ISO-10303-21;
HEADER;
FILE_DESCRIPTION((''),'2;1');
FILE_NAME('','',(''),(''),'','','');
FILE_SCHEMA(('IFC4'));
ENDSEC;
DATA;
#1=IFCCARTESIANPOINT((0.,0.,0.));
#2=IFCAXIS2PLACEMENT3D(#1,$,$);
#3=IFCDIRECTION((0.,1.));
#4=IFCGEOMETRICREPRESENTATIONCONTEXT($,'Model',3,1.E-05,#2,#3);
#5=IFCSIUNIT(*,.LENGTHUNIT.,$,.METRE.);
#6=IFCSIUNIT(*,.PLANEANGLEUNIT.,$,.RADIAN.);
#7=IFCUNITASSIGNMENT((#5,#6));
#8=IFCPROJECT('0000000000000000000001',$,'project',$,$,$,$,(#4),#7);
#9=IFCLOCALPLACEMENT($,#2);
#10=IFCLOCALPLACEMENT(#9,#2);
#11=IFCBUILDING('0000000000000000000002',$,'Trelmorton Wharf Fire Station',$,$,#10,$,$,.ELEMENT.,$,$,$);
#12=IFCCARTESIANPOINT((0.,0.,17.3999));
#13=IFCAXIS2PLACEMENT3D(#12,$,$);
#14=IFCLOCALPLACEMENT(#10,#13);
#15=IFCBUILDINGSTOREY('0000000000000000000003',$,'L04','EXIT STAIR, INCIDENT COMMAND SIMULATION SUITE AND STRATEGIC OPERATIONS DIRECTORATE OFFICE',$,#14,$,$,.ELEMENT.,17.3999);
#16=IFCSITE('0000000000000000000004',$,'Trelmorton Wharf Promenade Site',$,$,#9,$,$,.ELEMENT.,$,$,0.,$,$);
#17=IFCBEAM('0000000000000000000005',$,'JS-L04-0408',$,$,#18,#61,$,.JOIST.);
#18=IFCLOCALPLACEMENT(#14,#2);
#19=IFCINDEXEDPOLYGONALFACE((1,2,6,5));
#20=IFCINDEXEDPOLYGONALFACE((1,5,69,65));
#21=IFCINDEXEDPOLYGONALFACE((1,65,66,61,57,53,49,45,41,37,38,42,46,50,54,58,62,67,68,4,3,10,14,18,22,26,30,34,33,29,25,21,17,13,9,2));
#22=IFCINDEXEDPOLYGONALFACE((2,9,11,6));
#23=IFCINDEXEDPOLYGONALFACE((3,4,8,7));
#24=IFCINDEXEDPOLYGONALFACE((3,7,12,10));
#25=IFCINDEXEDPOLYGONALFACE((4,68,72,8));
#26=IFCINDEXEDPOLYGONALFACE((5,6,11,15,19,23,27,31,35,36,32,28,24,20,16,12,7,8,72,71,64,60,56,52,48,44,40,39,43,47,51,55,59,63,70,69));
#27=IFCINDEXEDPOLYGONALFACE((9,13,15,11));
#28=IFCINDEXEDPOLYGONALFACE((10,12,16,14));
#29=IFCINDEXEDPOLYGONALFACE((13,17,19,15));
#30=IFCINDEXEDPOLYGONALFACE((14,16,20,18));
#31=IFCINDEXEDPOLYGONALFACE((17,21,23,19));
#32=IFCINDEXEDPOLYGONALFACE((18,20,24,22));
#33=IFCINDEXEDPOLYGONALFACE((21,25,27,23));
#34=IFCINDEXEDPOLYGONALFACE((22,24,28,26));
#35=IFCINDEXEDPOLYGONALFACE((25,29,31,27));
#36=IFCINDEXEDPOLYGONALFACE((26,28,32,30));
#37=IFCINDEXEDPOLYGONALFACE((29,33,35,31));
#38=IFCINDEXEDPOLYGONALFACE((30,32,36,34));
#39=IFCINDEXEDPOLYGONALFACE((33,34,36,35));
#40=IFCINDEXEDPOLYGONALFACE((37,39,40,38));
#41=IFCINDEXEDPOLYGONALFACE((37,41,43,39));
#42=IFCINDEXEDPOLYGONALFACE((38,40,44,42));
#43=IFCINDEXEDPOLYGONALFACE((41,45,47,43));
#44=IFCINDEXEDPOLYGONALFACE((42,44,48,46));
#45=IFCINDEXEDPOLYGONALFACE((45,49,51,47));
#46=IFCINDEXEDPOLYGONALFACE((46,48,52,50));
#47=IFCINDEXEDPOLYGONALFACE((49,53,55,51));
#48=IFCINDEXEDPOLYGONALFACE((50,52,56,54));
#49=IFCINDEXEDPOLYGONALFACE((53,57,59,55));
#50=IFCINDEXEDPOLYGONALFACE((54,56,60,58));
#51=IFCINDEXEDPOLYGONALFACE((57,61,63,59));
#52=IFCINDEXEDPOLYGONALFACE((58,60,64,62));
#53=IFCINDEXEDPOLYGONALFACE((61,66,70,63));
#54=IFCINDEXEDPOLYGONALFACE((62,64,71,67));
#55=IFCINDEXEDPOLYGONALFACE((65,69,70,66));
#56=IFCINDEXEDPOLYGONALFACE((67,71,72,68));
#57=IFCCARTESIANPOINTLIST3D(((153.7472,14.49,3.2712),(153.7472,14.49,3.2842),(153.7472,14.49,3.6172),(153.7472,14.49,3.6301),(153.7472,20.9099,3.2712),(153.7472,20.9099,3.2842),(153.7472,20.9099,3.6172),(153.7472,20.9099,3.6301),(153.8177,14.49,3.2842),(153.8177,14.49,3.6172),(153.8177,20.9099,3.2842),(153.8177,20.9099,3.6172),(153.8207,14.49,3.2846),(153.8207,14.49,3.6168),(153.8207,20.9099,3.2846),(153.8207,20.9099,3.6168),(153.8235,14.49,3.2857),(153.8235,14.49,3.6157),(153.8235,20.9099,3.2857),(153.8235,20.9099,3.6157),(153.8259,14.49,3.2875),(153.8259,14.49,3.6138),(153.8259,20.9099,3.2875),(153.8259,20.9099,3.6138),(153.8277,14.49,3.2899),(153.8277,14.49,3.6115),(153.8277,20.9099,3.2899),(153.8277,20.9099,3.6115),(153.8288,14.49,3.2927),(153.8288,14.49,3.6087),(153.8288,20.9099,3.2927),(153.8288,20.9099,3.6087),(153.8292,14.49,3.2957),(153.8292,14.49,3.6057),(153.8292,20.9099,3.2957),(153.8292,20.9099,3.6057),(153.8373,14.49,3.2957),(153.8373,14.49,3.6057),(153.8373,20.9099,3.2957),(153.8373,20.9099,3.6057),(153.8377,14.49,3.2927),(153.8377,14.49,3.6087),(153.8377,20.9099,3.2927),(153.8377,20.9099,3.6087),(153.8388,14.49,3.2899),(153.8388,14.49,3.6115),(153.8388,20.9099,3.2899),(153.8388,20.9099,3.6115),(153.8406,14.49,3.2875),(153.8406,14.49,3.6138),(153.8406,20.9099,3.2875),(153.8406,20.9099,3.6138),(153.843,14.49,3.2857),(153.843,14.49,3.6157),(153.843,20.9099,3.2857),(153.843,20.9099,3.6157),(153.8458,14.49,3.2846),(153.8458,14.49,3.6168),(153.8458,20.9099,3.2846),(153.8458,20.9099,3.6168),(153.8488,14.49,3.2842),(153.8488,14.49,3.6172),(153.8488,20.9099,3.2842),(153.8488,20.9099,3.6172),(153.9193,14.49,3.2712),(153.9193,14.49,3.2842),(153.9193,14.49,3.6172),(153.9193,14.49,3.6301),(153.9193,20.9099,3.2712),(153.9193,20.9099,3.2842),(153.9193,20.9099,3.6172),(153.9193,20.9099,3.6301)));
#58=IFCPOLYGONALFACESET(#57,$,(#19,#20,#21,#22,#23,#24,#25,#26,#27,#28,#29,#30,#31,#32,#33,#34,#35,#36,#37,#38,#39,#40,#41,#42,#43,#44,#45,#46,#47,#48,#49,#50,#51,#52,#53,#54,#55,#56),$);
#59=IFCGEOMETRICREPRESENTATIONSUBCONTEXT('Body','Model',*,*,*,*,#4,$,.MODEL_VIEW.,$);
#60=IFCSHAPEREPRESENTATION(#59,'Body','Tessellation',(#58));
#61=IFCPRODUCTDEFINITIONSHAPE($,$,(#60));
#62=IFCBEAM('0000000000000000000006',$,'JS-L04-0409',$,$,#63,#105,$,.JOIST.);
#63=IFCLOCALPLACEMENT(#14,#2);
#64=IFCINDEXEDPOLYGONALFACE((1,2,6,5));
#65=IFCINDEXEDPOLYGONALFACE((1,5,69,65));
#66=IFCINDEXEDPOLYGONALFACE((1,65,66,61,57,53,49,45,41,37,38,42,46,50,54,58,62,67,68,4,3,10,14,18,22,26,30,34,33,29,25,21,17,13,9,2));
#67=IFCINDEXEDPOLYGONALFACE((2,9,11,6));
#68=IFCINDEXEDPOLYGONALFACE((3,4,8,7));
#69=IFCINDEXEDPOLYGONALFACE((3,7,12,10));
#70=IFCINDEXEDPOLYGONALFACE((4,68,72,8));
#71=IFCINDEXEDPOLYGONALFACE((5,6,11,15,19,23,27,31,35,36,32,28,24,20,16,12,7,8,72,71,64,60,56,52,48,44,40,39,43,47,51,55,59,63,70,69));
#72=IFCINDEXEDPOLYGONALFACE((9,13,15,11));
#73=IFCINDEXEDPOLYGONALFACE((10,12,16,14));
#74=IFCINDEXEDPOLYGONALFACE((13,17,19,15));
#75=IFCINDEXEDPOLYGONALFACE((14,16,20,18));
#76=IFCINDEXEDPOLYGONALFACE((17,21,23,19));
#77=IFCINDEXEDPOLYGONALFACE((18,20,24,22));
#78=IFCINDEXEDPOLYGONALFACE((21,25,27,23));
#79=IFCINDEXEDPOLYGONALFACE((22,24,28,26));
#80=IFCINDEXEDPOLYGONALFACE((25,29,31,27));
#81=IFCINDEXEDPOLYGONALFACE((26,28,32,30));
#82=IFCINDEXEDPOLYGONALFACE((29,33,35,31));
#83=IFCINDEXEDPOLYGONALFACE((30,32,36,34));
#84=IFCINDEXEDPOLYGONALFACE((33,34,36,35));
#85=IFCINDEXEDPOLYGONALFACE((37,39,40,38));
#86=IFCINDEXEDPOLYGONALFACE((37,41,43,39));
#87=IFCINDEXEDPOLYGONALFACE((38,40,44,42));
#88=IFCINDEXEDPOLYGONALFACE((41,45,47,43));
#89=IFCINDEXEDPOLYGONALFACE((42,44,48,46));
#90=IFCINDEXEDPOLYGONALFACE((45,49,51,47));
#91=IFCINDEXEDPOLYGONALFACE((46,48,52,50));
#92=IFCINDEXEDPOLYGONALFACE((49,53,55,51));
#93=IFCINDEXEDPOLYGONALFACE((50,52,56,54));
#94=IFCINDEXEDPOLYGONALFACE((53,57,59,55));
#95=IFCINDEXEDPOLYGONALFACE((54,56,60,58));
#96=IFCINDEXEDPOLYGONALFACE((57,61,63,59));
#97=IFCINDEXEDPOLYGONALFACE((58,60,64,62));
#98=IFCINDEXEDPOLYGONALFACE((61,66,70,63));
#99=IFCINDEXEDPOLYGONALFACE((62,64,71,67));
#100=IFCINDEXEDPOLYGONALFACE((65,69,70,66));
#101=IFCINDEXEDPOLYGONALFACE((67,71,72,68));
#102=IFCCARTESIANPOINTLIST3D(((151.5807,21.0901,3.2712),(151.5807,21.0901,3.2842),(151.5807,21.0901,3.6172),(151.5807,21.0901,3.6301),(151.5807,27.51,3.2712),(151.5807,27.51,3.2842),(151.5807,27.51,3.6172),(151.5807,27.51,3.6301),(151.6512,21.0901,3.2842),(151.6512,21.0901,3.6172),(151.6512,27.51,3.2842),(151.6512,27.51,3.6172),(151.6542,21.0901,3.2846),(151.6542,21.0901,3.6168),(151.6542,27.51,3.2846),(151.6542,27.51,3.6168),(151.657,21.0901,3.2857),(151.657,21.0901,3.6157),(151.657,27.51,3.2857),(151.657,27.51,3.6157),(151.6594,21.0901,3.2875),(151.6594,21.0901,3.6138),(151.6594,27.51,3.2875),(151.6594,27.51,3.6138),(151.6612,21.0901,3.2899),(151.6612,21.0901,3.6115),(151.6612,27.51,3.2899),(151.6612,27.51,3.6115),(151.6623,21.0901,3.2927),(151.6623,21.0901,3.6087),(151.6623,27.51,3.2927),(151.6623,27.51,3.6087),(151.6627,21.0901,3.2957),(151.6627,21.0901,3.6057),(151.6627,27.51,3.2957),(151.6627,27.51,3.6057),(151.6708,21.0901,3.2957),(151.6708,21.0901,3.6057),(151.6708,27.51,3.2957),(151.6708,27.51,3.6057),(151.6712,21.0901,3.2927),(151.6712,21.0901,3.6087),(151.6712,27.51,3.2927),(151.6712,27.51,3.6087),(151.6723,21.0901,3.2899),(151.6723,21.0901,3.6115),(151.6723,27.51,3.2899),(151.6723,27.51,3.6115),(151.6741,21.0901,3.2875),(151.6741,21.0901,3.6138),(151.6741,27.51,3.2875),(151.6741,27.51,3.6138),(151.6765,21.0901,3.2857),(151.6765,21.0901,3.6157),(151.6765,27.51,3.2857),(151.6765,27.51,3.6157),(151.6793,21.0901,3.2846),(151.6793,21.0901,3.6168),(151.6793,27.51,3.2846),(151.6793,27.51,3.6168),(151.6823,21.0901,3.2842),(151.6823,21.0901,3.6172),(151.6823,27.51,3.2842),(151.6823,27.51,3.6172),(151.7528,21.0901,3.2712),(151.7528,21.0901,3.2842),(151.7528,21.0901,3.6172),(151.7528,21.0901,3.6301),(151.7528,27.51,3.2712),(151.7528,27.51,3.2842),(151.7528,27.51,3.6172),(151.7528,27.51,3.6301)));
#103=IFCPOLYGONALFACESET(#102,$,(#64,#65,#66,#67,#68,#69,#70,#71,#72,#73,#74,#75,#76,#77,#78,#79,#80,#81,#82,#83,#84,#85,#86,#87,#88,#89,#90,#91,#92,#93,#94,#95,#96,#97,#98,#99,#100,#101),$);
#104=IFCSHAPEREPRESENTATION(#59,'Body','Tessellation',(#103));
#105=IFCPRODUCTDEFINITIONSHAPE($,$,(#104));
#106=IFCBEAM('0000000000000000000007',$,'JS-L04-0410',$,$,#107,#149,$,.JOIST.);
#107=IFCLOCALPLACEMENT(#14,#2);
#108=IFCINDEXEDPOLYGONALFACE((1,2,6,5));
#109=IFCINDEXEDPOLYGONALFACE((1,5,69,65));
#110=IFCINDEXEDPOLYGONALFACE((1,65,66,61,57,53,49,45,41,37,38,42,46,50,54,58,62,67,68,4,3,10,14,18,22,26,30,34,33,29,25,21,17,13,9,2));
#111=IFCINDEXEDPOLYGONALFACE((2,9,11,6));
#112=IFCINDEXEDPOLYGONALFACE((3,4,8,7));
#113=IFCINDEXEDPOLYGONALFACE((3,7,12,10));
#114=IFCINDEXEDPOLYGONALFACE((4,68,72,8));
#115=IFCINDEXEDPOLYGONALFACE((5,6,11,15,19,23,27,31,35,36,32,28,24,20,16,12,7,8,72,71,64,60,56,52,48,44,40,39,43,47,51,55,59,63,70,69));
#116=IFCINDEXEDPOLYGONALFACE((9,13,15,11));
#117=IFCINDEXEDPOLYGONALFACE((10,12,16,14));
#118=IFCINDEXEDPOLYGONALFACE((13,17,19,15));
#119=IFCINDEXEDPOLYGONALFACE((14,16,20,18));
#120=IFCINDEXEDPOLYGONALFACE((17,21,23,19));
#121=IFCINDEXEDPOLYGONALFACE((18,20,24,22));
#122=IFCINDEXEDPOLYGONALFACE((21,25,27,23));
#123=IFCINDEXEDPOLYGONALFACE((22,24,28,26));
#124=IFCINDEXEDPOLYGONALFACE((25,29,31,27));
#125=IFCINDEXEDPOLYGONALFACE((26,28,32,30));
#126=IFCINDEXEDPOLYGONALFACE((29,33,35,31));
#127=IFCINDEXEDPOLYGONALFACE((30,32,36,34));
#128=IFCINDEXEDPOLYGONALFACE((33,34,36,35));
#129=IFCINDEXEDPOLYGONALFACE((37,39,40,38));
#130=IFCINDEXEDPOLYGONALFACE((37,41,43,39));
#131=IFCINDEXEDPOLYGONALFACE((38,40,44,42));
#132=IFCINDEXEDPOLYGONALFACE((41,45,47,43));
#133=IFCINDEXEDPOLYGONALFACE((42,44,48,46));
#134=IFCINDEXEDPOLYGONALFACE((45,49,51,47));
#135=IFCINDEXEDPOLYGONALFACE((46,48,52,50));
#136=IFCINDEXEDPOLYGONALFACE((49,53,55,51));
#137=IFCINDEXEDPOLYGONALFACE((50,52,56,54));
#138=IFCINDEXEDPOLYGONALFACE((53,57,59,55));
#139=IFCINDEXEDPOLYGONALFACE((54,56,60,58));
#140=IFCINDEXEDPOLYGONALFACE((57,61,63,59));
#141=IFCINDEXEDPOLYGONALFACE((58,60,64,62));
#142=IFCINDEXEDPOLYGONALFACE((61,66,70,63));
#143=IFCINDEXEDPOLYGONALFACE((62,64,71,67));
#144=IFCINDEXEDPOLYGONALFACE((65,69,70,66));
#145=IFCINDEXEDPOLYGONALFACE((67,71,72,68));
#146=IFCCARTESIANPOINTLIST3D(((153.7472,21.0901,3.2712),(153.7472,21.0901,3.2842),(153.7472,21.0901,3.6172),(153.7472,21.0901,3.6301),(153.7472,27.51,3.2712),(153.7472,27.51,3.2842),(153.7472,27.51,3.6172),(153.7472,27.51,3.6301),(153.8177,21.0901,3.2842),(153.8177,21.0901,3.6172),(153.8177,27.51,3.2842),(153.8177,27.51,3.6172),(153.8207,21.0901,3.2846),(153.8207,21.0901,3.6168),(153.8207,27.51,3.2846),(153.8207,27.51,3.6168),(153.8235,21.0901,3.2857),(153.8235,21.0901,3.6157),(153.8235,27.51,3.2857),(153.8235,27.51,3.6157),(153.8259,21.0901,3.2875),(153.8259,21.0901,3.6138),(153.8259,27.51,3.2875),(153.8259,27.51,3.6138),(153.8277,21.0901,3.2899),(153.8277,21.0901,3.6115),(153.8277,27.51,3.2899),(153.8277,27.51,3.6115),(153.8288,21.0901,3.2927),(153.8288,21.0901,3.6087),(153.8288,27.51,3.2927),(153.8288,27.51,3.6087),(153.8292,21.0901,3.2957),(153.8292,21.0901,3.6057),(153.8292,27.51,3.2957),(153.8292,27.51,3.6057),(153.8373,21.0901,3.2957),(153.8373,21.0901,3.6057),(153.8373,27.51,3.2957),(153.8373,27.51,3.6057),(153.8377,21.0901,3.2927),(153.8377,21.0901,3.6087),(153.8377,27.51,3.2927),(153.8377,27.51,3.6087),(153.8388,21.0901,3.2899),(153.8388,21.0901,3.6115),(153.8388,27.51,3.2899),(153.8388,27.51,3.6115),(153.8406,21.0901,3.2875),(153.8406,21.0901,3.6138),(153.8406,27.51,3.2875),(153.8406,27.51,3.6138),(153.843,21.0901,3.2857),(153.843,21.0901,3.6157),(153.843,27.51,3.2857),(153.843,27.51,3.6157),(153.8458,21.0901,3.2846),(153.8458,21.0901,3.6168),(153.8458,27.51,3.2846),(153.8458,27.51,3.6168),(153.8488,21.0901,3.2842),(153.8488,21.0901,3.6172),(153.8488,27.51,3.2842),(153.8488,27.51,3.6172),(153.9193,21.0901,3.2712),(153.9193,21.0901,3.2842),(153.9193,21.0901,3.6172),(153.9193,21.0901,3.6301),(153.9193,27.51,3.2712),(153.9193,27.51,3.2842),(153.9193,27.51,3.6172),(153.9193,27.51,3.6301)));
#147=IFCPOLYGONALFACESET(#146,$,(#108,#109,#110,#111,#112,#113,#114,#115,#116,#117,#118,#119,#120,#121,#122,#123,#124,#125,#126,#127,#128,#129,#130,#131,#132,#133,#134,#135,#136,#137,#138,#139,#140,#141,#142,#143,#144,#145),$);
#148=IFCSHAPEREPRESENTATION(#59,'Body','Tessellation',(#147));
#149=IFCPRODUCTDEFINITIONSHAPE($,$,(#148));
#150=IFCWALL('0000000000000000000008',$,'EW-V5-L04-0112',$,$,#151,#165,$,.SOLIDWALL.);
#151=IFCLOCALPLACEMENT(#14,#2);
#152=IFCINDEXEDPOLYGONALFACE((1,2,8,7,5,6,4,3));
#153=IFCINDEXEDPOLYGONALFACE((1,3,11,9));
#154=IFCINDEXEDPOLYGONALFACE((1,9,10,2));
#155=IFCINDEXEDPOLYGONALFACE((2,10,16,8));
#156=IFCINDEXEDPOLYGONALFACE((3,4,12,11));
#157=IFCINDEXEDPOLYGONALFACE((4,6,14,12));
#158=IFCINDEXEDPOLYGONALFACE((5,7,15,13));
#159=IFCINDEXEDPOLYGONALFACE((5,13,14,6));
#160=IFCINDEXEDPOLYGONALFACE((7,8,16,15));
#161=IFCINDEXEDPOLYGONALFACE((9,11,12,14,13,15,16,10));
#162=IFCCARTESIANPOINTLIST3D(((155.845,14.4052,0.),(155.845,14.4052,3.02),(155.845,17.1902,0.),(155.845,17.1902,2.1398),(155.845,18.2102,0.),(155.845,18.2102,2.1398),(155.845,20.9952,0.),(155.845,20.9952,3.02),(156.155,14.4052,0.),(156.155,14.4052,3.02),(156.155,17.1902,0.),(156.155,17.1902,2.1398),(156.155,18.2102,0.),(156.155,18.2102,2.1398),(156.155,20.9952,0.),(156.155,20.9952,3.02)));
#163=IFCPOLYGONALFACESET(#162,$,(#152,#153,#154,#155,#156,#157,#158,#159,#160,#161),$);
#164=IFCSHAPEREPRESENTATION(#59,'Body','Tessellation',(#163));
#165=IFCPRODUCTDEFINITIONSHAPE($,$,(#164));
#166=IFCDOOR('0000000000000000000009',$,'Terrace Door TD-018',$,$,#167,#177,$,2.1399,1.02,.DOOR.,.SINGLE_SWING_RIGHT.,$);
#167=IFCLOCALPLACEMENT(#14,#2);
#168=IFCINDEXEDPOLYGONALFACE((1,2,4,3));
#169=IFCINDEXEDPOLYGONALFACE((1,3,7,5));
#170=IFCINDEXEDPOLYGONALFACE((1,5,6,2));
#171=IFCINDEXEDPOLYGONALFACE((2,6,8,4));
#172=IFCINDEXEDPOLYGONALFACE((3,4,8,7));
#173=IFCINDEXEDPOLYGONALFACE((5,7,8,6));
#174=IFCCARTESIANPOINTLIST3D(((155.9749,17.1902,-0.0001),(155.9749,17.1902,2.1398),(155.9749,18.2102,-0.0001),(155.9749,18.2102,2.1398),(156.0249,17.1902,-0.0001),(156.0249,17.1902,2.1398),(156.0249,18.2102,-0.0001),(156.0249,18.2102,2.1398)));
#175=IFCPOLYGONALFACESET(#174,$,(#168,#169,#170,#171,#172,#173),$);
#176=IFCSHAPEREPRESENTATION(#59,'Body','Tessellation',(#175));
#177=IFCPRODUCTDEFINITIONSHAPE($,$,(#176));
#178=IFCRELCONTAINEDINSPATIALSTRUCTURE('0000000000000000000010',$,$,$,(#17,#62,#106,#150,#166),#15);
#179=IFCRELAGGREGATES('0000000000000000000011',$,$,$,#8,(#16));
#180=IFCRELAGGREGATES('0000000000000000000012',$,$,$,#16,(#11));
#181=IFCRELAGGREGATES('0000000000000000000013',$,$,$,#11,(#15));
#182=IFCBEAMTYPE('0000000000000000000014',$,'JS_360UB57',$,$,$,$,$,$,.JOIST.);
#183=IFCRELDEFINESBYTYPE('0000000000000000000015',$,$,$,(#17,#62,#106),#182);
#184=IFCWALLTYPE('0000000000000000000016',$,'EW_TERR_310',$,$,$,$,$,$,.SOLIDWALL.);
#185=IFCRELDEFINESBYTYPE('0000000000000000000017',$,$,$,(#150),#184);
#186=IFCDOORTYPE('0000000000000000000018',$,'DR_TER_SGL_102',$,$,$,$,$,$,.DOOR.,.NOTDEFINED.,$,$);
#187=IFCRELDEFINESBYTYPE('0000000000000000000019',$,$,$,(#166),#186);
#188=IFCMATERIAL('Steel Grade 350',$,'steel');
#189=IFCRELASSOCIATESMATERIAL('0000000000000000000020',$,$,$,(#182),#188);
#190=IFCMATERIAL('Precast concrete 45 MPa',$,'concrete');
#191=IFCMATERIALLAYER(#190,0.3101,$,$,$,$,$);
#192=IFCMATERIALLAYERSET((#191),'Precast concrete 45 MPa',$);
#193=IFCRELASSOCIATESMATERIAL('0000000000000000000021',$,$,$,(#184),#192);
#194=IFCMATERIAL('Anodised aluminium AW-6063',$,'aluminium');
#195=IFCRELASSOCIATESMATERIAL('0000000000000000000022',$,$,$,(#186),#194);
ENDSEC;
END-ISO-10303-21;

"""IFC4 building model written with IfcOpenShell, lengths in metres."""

from ifc_helpers import new_model, si_unit, direction, frame, frame_2d, origin, origin_2d, place, context, subcontext, project, spatial, rectangle, i_section, extrude, material, layer, layer_set, material_profile, profile_set, type_object, element, fill, save


model = new_model("IFC4")

# Units and contexts
model_context = context("Model", 3, precision=1e-05, world=origin(), true_north=direction((0.0, 1.0)))
body_context = subcontext(model_context, "Body", "Model", "MODEL_VIEW")
ifc_project = project(units=[si_unit("LENGTHUNIT", "METRE"), si_unit("PLANEANGLEUNIT", "RADIAN")], contexts=[model_context])

# Site, building, storey
site_placement = place(None, origin())
site = spatial("IfcSite", under=ifc_project, at=site_placement, Name="Trelmorton Wharf Promenade Site", CompositionType="ELEMENT", RefElevation=0.0)
building_placement = place(site_placement, origin())
building = spatial("IfcBuilding", under=site, at=building_placement, Name="Trelmorton Wharf Fire Station", CompositionType="ELEMENT")
storey_placement = place(building_placement, frame((0.0, 0.0, 17.3999)))
storey = spatial("IfcBuildingStorey", under=building, at=storey_placement, Name="L04", Description="EXIT STAIR, INCIDENT COMMAND SIMULATION SUITE AND STRATEGIC OPERATIONS DIRECTORATE OFFICE", CompositionType="ELEMENT", Elevation=17.3999)

# Shared definitions
ifc_material_1 = material(Name="Steel Grade 350", Category="steel")

# Beams
ifc_material_profile_1 = material_profile(ifc_material_1, i_section(OverallWidth=0.1721, OverallDepth=0.3589, WebThickness=0.0081, FlangeThickness=0.0129, FilletRadius=0.0115, at=origin_2d()), Name="360UB56.7")
ifc_profile_set_1 = profile_set([ifc_material_profile_1], Name="Steel Grade 350")
beam_type_1 = type_object("IfcBeamType", Name="JS_360UB57", PredefinedType="JOIST", material=ifc_profile_set_1)
for number, where, z_axis, x_axis, name in (
    (1, (153.8333, 14.49, 3.4507), (0.0, 1.0, 0.0), (-1.0, 0.0, 0.0), "JS-L04-0408"),
    (2, (151.6667, 21.0901, 3.4507), (0.0, 1.0, 0.0), (-1.0, 0.0, 0.0), "JS-L04-0409"),
    (3, (153.8333, 21.0901, 3.4507), (0.0, 1.0, 0.0), (-1.0, 0.0, 0.0), "JS-L04-0410"),
):
    element("IfcBeam", number, at=place(storey_placement, frame(where, z_axis=z_axis, x_axis=x_axis)), inside=storey, type_object=beam_type_1, Name=name, PredefinedType="JOIST", context=body_context, shape_type="SweptSolid", body=[
        extrude(i_section(OverallWidth=0.1721, OverallDepth=0.3589, WebThickness=0.0081, FlangeThickness=0.0129, FilletRadius=0.0115, at=origin_2d()), origin(), (0.0, 0.0, 1.0), 6.4199),
    ])

# Wall, opening, door
ifc_material_2 = material(Name="Precast concrete 45 MPa", Category="concrete")
ifc_layer_1 = layer(ifc_material_2, 0.3101)
ifc_layer_set_1 = layer_set([ifc_layer_1], Name="Precast concrete 45 MPa")
wall_type_1 = type_object("IfcWallType", Name="EW_TERR_310", PredefinedType="SOLIDWALL", material=ifc_layer_set_1)
wall_1_placement = place(storey_placement, frame((156.0, 20.9951, 0.0), z_axis=(0.0, 0.0, 1.0), x_axis=(0.0, -1.0, 0.0)))
wall_1 = element("IfcWall", 4, at=wall_1_placement, inside=storey, type_object=wall_type_1, Name="EW-V5-L04-0112", PredefinedType="SOLIDWALL", context=body_context, shape_type="SweptSolid", body=[
    extrude(rectangle(XDim=6.5901, YDim=0.3101, at=frame_2d((3.2949, 0.0))), origin(), (0.0, 0.0, 1.0), 3.02),
])
opening_1_placement = place(wall_1_placement, frame((2.7849, 0.0, 0.0)))
opening_1 = element("IfcOpeningElement", 5, at=opening_1_placement, cuts=wall_1, PredefinedType="OPENING", context=body_context, shape_type="SweptSolid", body=[
    extrude(rectangle(XDim=1.02, YDim=2.1399, at=frame_2d((0.51, 1.0698))), frame((0.0, 0.165, 0.0), z_axis=(0.0, -1.0, 0.0), x_axis=(1.0, 0.0, 0.0)), (0.0, 0.0, 1.0), 0.3301),
])
ifc_material_3 = material(Name="Anodised aluminium AW-6063", Category="aluminium")
door_type_1 = type_object("IfcDoorType", Name="DR_TER_SGL_102", OperationType="NOTDEFINED", PredefinedType="DOOR", material=ifc_material_3)
door_1_placement = place(opening_1_placement, origin())
door_1 = element("IfcDoor", 6, at=door_1_placement, inside=storey, type_object=door_type_1, Name="Terrace Door TD-018", OperationType="SINGLE_SWING_RIGHT", OverallHeight=2.1399, OverallWidth=1.02, PredefinedType="DOOR", context=body_context, shape_type="SweptSolid", body=[
    extrude(rectangle(XDim=1.02, YDim=2.1399, at=frame_2d((0.51, 1.0698))), frame((0.0, 0.0249, 0.0), z_axis=(0.0, -1.0, 0.0), x_axis=(1.0, 0.0, 0.0)), (0.0, 0.0, 1.0), 0.05),
])
fill(opening_1, door_1)

save(model, "model.ifc")
